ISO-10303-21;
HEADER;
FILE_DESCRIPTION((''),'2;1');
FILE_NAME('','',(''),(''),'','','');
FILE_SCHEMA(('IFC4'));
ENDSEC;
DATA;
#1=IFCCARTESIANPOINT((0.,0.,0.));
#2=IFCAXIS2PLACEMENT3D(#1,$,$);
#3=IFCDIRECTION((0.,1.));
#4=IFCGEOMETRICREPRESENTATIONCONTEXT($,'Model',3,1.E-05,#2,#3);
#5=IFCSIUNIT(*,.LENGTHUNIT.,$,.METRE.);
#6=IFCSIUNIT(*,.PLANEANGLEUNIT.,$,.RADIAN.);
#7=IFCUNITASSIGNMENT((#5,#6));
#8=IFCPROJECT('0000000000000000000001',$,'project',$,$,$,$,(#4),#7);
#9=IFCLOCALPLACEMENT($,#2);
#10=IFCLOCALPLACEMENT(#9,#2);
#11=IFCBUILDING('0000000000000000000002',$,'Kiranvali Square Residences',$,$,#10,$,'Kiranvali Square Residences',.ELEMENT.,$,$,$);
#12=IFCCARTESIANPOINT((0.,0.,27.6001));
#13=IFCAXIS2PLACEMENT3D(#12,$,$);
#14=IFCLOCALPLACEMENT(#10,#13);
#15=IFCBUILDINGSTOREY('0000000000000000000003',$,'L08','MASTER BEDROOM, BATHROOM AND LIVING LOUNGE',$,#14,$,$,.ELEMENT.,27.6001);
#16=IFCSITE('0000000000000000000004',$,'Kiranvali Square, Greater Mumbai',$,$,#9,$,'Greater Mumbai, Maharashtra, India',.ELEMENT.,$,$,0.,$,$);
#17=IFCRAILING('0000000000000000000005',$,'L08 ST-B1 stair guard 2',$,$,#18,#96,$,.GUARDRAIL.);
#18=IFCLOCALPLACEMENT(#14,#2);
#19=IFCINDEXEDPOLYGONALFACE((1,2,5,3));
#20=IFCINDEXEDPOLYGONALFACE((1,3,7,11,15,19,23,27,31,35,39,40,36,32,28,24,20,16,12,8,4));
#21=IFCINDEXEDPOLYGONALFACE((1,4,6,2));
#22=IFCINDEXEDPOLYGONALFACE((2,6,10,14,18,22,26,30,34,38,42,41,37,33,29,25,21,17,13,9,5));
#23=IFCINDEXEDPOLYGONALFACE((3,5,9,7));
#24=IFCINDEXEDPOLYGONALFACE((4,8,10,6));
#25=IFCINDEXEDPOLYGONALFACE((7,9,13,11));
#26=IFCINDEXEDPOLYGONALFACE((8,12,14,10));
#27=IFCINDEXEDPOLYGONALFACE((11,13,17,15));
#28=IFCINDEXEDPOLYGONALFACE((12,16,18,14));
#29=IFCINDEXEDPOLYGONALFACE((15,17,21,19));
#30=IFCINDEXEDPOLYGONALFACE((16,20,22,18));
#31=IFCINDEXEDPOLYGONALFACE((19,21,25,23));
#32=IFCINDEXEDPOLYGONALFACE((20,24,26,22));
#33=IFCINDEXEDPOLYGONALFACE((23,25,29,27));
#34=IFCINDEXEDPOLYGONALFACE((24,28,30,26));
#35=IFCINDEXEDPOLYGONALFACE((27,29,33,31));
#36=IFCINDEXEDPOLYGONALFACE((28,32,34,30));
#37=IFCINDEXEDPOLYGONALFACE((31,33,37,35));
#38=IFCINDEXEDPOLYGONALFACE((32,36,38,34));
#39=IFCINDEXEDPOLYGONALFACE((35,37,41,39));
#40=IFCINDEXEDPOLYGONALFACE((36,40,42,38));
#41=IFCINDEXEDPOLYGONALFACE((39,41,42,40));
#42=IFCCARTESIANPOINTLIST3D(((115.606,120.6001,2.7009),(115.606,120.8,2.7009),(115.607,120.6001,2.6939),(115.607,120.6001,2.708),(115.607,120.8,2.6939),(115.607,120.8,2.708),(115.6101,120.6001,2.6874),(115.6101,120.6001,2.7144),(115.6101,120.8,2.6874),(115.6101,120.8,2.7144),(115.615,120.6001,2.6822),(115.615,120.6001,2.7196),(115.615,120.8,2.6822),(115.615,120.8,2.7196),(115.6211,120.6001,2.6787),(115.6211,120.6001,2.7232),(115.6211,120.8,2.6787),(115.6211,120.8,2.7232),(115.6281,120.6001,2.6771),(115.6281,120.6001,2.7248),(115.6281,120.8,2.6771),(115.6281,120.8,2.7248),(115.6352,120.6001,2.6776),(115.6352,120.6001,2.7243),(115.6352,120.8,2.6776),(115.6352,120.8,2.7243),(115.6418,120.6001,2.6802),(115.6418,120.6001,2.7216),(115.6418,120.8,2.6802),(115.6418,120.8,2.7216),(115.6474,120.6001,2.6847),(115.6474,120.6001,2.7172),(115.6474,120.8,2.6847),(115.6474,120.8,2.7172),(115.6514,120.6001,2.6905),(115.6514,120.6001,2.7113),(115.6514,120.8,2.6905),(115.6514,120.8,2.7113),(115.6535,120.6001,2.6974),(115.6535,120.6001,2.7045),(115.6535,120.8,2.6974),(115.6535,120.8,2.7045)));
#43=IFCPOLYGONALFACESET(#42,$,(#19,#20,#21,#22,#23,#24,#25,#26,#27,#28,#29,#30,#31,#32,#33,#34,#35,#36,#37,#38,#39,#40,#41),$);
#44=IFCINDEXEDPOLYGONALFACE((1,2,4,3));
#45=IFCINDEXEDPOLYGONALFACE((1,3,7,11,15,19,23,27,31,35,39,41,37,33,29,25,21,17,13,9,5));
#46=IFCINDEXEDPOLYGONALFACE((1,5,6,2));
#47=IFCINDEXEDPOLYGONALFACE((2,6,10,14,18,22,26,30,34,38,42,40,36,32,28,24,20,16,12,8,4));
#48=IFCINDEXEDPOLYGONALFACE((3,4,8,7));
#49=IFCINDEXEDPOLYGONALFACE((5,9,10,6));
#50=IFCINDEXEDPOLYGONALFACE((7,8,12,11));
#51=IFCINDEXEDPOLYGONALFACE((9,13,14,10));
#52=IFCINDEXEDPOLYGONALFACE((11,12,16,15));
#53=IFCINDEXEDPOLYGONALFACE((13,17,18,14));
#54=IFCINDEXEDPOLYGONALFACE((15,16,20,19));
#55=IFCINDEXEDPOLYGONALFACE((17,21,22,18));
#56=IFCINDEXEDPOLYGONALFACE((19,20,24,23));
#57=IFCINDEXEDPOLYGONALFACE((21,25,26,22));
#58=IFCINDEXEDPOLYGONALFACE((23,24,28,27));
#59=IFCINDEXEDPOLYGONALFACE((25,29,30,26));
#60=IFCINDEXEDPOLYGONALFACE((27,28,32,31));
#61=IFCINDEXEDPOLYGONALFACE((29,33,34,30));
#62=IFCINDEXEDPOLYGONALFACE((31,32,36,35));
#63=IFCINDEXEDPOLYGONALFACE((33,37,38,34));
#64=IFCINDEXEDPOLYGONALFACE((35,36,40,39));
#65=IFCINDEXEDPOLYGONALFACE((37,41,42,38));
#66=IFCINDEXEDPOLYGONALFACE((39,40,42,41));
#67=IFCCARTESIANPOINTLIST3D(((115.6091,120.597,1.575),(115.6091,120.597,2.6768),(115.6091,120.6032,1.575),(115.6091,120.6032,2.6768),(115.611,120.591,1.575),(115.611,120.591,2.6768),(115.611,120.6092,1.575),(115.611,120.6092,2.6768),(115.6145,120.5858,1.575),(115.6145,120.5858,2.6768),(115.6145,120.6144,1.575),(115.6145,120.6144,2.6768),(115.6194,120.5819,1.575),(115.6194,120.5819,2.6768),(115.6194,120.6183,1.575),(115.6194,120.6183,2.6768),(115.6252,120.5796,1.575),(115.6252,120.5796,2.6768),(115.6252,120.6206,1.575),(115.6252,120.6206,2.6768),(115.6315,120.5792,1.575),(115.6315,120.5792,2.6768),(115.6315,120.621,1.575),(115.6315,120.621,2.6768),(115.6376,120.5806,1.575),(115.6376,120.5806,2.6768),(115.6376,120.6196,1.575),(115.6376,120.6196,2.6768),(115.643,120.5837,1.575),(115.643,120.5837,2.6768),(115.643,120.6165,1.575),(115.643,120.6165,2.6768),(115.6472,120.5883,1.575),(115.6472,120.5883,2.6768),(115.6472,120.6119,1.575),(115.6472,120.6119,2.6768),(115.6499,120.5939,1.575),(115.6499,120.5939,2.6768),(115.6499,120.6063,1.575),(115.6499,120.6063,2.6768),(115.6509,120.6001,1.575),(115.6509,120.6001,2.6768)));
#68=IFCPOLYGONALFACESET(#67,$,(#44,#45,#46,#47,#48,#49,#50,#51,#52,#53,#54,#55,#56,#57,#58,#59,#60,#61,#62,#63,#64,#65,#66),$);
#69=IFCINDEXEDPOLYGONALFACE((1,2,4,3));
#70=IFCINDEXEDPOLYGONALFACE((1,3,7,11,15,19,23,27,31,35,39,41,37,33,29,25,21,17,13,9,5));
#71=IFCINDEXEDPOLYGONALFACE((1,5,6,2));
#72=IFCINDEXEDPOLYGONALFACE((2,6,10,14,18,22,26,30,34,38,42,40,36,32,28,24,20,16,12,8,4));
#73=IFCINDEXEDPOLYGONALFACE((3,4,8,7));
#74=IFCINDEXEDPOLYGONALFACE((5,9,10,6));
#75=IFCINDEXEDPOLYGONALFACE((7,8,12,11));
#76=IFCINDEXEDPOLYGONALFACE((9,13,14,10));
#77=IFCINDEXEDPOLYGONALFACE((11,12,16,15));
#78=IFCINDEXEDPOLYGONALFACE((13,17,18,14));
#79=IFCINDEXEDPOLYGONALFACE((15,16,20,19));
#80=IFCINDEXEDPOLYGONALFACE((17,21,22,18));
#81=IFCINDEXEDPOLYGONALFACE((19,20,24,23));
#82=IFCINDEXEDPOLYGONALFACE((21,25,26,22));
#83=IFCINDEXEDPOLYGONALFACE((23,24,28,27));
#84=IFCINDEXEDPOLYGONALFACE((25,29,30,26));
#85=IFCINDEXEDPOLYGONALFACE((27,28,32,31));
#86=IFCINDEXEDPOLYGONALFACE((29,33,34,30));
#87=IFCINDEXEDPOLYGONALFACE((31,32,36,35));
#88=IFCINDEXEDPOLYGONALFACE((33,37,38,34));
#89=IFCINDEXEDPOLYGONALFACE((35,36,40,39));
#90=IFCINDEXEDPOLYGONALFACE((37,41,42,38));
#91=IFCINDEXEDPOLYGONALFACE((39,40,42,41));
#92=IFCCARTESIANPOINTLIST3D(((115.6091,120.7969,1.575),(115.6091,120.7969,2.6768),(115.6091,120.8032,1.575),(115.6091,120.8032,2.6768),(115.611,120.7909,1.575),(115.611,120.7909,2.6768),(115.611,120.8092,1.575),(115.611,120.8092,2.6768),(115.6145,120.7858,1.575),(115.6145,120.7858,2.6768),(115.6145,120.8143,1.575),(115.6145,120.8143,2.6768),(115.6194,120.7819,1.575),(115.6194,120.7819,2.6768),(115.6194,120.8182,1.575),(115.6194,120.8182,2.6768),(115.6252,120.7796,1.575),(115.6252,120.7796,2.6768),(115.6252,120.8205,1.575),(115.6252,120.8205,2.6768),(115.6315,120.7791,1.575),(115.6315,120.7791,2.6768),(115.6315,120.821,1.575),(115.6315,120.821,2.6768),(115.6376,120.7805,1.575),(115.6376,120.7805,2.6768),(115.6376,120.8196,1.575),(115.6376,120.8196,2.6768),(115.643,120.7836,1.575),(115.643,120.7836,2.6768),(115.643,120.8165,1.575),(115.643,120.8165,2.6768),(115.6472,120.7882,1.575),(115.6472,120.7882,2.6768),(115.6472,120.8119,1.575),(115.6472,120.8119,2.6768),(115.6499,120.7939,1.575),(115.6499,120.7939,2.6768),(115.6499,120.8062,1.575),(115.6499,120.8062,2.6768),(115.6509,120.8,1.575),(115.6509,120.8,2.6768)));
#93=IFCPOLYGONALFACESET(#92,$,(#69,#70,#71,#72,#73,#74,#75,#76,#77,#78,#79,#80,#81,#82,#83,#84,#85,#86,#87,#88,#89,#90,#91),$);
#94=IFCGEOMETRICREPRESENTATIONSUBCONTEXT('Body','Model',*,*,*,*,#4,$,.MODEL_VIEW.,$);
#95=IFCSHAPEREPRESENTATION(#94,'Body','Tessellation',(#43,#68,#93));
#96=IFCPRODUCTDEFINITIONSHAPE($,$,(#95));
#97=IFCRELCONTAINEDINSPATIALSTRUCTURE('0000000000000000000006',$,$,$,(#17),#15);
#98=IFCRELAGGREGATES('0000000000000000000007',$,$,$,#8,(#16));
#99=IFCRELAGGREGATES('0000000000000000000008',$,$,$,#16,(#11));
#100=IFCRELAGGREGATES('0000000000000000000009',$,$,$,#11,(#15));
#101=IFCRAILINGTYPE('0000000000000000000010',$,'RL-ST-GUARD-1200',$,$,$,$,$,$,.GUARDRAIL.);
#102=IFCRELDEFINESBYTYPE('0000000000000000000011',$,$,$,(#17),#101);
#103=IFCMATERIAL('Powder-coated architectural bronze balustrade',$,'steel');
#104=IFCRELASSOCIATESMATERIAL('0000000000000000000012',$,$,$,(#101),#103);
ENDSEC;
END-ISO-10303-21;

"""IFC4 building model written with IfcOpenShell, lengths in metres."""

from ifc_helpers import new_model, si_unit, direction, frame, origin, origin_2d, place, context, subcontext, project, spatial, circle, extrude, material, type_object, element, save


model = new_model("IFC4")

# Units and contexts
model_context = context("Model", 3, precision=1e-05, world=origin(), true_north=direction((0.0, 1.0)))
body_context = subcontext(model_context, "Body", "Model", "MODEL_VIEW")
ifc_project = project(units=[si_unit("LENGTHUNIT", "METRE"), si_unit("PLANEANGLEUNIT", "RADIAN")], contexts=[model_context])

# Site, building, storey
site_placement = place(None, origin())
site = spatial("IfcSite", under=ifc_project, at=site_placement, Name="Kiranvali Square, Greater Mumbai", LongName="Greater Mumbai, Maharashtra, India", CompositionType="ELEMENT", RefElevation=0.0)
building_placement = place(site_placement, origin())
building = spatial("IfcBuilding", under=site, at=building_placement, Name="Kiranvali Square Residences", LongName="Kiranvali Square Residences", CompositionType="ELEMENT")
storey_placement = place(building_placement, frame((0.0, 0.0, 27.6001)))
storey = spatial("IfcBuildingStorey", under=building, at=storey_placement, Name="L08", Description="MASTER BEDROOM, BATHROOM AND LIVING LOUNGE", CompositionType="ELEMENT", Elevation=27.6001)

# Railing
ifc_material_1 = material(Name="Powder-coated architectural bronze balustrade", Category="steel")
railing_type_1 = type_object("IfcRailingType", Name="RL-ST-GUARD-1200", PredefinedType="GUARDRAIL", material=ifc_material_1)
railing_1_placement = place(storey_placement, frame((115.6299, 120.6001, 1.575)))
element("IfcRailing", 1, at=railing_1_placement, inside=storey, type_object=railing_type_1, Name="L08 ST-B1 stair guard 2", PredefinedType="GUARDRAIL", context=body_context, shape_type="SweptSolid", body=[
    extrude(circle(Radius=0.0239, at=origin_2d()), frame((0.0, 0.0, 1.126), z_axis=(0.0, 1.0, 0.0), x_axis=(-1.0, 0.0, 0.0)), (0.0, 0.0, 1.0), 0.2),
    extrude(circle(Radius=0.021, at=origin_2d()), origin(), (0.0, 0.0, 1.0), 1.1018),
    extrude(circle(Radius=0.021, at=origin_2d()), frame((0.0, 0.2, 0.0)), (0.0, 0.0, 1.0), 1.1018),
])

save(model, "model.ifc")
